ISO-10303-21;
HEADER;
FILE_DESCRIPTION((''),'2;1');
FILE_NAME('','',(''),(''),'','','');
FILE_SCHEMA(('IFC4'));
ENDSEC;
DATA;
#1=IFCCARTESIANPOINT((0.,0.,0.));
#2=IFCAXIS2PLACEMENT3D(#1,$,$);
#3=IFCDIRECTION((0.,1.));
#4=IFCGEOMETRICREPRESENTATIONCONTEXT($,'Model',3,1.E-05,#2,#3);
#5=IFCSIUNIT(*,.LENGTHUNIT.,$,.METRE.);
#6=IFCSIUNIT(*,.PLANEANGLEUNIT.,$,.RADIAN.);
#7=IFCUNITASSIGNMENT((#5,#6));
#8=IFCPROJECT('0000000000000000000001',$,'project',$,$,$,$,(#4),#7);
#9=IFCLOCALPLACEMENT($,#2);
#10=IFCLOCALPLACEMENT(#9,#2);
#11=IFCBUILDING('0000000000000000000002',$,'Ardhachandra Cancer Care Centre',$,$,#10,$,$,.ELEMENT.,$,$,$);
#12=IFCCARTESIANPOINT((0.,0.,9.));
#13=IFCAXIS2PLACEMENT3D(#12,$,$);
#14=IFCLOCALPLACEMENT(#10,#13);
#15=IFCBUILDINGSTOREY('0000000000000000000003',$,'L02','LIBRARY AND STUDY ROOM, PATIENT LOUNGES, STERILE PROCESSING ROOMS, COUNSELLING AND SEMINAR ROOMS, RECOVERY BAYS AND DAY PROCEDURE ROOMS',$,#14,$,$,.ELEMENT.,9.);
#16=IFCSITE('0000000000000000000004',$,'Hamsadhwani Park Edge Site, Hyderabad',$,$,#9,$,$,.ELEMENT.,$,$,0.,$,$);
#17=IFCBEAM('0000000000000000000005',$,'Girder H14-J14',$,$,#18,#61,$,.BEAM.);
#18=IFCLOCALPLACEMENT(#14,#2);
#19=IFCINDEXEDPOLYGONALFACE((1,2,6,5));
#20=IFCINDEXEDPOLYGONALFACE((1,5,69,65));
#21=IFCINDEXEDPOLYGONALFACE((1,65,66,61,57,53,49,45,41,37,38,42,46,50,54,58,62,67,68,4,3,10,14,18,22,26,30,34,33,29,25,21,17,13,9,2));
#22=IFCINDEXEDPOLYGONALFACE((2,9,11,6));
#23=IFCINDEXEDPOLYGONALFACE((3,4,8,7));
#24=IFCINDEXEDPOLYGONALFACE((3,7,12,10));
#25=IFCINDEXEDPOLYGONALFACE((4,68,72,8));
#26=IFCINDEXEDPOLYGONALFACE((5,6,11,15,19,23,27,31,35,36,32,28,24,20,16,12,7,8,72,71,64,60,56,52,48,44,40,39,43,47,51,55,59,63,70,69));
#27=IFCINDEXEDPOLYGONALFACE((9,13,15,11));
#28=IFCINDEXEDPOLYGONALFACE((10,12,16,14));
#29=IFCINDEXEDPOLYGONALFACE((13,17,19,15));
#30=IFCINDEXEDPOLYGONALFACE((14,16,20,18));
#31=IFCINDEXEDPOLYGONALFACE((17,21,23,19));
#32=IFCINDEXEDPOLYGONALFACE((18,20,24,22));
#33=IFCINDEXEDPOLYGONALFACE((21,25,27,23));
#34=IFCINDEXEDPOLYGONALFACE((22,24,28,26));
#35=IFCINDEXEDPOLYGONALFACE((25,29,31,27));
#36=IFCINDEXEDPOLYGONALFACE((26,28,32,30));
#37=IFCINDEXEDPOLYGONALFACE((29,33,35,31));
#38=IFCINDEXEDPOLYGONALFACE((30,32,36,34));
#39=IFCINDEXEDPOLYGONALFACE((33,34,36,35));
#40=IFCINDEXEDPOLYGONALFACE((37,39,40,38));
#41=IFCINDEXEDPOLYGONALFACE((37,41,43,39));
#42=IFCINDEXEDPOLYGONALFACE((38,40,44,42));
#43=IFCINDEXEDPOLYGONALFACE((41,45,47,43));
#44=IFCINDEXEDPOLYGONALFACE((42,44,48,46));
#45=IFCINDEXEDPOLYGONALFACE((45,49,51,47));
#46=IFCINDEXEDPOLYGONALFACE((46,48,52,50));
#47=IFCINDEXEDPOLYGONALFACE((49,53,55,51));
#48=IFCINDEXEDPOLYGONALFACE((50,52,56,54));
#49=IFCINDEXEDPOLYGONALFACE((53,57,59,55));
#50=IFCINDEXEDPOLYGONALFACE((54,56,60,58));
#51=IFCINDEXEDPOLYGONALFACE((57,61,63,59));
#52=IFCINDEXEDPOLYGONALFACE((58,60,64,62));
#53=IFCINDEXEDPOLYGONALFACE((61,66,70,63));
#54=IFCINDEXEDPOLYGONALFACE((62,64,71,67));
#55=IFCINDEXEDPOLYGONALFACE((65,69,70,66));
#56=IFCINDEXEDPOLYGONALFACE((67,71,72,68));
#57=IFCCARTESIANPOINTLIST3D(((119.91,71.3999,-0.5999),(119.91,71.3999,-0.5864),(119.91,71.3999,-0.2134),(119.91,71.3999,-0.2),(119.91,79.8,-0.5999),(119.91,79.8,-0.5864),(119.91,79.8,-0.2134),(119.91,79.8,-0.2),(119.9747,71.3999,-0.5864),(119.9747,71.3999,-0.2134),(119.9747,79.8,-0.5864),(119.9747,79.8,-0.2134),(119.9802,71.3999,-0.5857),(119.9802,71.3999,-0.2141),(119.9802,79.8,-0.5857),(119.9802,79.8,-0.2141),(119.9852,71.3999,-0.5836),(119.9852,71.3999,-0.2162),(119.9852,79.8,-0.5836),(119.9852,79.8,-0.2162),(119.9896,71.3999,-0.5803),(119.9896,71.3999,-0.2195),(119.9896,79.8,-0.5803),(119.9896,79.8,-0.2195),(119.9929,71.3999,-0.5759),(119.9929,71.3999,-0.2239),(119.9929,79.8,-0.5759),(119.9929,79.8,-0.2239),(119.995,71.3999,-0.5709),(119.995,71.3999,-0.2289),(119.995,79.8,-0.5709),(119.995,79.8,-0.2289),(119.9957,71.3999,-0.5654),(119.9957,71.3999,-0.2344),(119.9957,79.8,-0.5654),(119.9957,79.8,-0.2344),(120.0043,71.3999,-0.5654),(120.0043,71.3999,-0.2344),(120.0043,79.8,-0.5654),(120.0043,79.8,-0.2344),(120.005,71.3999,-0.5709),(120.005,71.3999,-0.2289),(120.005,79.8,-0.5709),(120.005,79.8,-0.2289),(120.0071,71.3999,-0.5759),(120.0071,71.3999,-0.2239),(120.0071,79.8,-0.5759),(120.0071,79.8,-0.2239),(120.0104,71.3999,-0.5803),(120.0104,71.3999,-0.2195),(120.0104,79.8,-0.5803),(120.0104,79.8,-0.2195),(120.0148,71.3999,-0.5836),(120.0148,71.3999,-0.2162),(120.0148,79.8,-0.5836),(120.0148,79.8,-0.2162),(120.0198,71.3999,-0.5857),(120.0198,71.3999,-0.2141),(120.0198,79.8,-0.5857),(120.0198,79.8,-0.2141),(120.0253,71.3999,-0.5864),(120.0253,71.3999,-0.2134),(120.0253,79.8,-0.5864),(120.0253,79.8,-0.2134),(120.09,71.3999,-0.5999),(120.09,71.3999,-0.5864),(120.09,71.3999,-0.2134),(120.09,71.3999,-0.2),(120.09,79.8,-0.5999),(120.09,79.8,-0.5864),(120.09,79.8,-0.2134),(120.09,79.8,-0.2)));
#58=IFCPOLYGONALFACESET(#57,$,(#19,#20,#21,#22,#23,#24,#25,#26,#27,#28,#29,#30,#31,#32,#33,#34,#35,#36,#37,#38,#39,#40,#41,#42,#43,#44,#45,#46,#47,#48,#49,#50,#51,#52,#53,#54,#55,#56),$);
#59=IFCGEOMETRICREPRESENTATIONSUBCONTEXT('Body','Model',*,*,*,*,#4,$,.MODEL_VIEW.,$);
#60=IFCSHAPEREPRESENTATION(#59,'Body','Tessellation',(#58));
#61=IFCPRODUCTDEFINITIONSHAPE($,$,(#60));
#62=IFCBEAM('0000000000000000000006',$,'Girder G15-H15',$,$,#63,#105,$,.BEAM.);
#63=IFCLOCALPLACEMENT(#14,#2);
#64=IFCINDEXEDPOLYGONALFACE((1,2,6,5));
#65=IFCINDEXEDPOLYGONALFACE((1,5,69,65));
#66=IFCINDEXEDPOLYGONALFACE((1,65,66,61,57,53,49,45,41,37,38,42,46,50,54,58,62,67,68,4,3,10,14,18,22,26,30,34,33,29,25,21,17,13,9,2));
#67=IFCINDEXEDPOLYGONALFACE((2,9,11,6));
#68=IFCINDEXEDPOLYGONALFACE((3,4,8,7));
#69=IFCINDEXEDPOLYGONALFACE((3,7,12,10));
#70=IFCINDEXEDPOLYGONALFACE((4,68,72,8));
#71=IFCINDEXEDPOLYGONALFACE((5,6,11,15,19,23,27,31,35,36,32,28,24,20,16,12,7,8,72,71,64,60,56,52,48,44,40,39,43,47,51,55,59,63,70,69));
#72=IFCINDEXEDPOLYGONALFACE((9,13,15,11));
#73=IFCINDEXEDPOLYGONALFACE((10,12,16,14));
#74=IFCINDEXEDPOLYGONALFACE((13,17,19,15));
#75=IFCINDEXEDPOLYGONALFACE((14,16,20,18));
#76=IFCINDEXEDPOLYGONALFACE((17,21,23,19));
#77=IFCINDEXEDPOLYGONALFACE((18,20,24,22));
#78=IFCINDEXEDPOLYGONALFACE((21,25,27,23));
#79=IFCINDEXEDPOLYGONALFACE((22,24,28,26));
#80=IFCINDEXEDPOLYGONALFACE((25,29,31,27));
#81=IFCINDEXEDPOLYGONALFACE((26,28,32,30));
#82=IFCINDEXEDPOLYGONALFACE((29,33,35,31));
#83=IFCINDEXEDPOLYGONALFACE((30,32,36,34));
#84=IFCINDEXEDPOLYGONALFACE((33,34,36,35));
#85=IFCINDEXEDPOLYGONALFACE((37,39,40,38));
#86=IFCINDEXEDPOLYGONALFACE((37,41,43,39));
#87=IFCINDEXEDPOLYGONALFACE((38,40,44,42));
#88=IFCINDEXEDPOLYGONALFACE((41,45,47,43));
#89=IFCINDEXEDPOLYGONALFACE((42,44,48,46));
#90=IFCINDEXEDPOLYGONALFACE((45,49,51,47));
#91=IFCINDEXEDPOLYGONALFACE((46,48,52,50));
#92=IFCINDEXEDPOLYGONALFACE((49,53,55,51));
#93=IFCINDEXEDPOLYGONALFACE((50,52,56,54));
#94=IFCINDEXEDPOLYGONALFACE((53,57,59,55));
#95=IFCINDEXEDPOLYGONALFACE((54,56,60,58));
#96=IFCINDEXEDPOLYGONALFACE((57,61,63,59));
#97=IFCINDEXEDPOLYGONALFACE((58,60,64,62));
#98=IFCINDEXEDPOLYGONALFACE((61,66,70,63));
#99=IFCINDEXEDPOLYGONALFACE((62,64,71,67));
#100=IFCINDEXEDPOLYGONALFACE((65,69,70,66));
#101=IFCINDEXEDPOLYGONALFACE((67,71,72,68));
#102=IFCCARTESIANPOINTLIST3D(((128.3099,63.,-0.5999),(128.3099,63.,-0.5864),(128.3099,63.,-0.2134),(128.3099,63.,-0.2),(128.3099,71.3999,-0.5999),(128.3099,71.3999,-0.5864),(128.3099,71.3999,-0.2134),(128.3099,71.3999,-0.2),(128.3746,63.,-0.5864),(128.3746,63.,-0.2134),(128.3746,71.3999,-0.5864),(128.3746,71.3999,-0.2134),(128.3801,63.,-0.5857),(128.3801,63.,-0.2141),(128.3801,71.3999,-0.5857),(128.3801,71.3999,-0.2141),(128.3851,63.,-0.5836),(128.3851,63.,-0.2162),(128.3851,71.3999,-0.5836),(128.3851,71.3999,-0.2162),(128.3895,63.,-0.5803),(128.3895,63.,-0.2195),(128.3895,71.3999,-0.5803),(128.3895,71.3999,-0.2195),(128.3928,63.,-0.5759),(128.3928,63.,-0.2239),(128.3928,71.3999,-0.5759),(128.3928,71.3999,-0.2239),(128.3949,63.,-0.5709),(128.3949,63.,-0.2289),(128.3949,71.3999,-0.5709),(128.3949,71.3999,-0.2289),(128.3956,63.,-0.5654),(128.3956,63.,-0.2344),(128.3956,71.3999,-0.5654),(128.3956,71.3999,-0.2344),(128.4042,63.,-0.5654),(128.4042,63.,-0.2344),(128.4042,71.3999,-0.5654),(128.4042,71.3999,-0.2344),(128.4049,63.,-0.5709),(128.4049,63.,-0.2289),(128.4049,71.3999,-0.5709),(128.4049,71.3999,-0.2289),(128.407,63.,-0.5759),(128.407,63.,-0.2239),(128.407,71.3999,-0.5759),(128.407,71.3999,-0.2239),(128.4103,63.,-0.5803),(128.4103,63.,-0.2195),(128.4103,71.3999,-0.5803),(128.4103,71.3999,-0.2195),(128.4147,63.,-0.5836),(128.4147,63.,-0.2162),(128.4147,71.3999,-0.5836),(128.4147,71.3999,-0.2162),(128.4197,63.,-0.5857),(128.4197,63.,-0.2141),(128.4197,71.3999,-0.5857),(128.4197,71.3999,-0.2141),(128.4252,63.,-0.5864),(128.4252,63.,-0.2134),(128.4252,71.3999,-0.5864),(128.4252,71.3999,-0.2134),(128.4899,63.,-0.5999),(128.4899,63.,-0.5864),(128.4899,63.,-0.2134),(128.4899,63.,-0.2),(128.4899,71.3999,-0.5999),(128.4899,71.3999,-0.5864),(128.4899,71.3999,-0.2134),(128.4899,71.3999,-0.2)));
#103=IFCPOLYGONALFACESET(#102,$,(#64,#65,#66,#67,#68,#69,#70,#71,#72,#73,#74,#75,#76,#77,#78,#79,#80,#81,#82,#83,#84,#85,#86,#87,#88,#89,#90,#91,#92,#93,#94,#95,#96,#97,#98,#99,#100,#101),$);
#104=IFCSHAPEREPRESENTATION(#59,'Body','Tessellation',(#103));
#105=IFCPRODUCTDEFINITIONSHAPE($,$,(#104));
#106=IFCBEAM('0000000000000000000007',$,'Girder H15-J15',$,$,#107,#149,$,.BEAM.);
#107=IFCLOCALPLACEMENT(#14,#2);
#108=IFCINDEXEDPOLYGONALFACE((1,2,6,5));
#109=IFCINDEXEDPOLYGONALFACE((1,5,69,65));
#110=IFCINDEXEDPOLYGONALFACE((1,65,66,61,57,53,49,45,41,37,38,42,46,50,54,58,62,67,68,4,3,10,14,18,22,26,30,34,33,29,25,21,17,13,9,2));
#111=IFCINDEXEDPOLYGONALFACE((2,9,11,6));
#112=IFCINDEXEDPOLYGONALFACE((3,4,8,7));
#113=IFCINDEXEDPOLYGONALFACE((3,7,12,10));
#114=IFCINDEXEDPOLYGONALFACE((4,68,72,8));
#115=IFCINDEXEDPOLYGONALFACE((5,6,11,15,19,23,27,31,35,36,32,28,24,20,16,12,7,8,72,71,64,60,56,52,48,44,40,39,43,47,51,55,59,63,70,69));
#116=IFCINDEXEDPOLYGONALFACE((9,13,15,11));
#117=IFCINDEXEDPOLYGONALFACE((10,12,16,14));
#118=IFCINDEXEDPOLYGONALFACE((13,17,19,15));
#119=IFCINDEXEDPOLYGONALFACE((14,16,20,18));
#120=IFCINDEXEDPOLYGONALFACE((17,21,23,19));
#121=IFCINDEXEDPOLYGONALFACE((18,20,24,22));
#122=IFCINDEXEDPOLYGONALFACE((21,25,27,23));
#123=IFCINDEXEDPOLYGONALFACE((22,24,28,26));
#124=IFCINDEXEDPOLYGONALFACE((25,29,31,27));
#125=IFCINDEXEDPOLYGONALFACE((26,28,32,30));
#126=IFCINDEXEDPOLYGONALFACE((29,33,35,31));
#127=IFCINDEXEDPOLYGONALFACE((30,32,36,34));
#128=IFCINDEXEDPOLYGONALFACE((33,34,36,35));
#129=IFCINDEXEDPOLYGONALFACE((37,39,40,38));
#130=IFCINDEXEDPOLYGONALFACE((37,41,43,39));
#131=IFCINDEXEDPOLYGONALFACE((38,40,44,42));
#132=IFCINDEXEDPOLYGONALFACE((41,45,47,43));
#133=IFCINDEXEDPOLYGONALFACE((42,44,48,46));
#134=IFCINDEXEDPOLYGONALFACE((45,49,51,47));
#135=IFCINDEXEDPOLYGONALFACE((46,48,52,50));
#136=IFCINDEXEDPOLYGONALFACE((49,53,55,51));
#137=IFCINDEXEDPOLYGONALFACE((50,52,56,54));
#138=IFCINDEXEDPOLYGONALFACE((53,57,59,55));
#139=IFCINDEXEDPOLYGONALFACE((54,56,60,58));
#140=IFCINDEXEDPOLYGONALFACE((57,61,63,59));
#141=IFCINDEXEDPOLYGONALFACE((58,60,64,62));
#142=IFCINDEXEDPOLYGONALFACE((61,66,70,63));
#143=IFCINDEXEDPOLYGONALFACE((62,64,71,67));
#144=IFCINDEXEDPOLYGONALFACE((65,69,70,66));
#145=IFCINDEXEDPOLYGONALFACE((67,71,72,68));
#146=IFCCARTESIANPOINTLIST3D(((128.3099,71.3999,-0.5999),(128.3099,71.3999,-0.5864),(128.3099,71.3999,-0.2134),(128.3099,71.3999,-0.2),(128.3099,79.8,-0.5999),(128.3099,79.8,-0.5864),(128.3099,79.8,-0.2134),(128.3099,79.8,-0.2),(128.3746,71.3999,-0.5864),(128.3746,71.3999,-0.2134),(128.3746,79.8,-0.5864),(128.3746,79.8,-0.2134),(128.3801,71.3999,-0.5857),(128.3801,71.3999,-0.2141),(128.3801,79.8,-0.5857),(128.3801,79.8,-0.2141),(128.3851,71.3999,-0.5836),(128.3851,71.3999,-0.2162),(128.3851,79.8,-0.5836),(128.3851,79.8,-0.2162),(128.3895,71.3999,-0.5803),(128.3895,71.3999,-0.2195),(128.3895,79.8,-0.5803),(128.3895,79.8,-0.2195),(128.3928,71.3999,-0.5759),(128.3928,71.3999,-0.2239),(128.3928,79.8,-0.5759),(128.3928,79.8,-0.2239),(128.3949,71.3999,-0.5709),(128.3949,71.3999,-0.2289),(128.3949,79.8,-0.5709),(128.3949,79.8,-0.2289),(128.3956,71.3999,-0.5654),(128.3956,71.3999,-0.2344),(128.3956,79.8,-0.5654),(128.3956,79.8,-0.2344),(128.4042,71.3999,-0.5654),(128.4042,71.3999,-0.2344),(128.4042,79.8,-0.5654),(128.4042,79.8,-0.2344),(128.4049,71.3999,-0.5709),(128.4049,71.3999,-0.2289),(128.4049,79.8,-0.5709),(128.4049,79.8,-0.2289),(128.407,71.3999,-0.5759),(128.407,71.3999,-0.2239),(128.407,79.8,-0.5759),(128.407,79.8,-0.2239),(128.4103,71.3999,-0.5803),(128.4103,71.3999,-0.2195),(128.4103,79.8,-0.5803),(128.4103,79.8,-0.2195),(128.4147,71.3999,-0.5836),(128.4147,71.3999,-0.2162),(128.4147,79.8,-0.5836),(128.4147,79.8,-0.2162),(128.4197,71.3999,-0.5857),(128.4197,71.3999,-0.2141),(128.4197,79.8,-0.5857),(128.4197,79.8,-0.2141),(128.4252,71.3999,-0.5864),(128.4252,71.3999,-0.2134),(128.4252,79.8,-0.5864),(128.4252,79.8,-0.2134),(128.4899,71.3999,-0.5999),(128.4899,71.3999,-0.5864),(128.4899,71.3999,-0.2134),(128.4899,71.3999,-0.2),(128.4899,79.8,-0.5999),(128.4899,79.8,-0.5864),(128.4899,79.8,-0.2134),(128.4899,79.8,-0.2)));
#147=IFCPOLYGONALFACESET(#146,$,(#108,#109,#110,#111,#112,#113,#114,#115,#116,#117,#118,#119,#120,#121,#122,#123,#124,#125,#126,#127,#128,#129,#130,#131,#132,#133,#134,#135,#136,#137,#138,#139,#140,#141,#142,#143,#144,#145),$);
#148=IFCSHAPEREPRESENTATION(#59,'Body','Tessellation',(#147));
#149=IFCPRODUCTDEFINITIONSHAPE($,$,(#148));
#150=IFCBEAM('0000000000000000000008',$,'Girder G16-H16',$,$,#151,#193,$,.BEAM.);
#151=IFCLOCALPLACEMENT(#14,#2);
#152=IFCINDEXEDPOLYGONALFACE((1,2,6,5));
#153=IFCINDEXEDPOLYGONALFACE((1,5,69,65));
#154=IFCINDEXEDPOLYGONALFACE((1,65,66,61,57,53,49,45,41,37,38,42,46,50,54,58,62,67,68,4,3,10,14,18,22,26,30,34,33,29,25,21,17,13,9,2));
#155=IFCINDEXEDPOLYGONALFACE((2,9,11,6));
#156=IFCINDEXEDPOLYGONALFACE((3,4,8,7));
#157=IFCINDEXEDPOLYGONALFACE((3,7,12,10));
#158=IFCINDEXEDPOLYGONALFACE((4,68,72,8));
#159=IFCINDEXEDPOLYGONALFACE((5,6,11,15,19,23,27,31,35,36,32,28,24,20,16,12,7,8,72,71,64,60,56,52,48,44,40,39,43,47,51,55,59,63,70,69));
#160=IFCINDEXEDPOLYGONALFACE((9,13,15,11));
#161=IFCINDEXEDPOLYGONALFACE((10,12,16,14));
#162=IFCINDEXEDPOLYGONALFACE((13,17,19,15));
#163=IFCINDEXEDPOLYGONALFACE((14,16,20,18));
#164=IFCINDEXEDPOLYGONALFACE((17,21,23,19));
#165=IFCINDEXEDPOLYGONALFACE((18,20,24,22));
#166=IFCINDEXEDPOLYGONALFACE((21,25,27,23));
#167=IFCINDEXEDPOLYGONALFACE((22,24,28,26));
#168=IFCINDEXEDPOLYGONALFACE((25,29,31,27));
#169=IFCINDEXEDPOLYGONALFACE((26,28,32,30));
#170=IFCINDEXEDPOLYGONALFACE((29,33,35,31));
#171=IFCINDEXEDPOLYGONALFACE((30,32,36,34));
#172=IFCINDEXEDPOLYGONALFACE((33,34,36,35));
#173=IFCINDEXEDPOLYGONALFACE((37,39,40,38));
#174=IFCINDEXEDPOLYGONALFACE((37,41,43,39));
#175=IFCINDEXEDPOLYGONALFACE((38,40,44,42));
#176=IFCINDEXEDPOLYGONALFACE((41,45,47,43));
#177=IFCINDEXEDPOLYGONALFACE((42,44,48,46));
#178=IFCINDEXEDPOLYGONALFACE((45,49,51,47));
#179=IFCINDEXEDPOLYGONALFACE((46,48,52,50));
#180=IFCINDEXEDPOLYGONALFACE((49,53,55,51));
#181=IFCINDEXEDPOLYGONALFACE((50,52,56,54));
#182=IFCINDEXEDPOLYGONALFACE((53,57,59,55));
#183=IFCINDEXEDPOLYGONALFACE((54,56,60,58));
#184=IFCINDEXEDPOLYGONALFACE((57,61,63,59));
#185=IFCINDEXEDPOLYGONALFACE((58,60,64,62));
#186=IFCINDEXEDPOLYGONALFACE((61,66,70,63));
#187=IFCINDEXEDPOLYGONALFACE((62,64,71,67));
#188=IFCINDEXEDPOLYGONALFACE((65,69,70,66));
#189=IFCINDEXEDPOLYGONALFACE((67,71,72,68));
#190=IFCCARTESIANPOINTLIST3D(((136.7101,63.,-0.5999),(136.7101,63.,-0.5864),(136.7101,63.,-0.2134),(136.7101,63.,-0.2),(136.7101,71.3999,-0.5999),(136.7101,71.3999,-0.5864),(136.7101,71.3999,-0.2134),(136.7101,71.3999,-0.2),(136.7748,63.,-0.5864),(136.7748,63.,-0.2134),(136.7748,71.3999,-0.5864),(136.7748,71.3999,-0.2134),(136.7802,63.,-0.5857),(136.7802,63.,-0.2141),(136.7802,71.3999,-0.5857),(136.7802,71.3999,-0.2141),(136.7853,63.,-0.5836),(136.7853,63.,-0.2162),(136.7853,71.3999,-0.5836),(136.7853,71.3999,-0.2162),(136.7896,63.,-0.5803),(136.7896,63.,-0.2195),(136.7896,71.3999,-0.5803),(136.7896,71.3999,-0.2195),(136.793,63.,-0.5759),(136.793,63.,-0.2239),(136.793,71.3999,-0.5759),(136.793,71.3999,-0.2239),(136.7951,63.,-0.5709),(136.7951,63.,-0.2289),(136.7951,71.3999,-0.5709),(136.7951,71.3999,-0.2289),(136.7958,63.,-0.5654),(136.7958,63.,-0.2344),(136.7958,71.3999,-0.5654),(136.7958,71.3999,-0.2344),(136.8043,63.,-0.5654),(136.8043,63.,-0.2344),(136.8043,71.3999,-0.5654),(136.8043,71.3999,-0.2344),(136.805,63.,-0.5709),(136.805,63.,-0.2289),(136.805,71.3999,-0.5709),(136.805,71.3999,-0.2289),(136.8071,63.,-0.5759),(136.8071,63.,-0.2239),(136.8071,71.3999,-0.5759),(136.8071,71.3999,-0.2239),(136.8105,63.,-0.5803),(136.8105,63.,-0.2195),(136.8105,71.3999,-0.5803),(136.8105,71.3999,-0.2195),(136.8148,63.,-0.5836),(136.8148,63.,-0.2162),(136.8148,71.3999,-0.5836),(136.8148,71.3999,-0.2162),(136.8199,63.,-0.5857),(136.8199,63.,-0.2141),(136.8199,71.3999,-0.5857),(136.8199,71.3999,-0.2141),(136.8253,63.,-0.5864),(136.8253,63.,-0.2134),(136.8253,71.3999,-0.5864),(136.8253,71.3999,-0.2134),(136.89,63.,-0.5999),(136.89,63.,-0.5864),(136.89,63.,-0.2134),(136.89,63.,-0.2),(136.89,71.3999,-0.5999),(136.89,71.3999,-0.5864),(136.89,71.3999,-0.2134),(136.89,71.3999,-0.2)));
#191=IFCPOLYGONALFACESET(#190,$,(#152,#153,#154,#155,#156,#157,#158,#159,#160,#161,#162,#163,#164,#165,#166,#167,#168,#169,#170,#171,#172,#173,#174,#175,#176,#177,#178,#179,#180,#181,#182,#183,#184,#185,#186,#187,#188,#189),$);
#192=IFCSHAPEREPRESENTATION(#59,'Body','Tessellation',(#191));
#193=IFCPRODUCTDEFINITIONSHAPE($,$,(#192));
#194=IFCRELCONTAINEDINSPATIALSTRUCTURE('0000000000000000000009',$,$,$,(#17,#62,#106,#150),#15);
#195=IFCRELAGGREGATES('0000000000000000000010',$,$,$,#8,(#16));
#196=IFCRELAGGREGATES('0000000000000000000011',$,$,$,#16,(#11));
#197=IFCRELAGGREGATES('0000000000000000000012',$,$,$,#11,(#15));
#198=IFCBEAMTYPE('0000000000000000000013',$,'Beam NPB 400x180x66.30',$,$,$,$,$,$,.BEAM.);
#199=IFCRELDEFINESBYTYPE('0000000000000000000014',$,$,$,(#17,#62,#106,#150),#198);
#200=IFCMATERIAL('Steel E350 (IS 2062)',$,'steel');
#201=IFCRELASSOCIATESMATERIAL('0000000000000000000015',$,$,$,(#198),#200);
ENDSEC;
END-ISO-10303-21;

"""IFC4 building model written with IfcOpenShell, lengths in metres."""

from ifc_helpers import new_model, si_unit, direction, frame, origin, origin_2d, place, context, subcontext, project, spatial, i_section, extrude, material, material_profile, profile_set, type_object, element, save


model = new_model("IFC4")

# Units and contexts
model_context = context("Model", 3, precision=1e-05, world=origin(), true_north=direction((0.0, 1.0)))
body_context = subcontext(model_context, "Body", "Model", "MODEL_VIEW")
ifc_project = project(units=[si_unit("LENGTHUNIT", "METRE"), si_unit("PLANEANGLEUNIT", "RADIAN")], contexts=[model_context])

# Site, building, storey
site_placement = place(None, origin())
site = spatial("IfcSite", under=ifc_project, at=site_placement, Name="Hamsadhwani Park Edge Site, Hyderabad", CompositionType="ELEMENT", RefElevation=0.0)
building_placement = place(site_placement, origin())
building = spatial("IfcBuilding", under=site, at=building_placement, Name="Ardhachandra Cancer Care Centre", CompositionType="ELEMENT")
storey_placement = place(building_placement, frame((0.0, 0.0, 9.0)))
storey = spatial("IfcBuildingStorey", under=building, at=storey_placement, Name="L02", Description="LIBRARY AND STUDY ROOM, PATIENT LOUNGES, STERILE PROCESSING ROOMS, COUNSELLING AND SEMINAR ROOMS, RECOVERY BAYS AND DAY PROCEDURE ROOMS", CompositionType="ELEMENT", Elevation=9.0)

# Beams
ifc_material_1 = material(Name="Steel E350 (IS 2062)", Category="steel")
ifc_material_profile_1 = material_profile(ifc_material_1, i_section(OverallWidth=0.1799, OverallDepth=0.3999, WebThickness=0.0085, FlangeThickness=0.0134, FilletRadius=0.021, at=origin_2d()), Name="NPB 400x180x66.30")
ifc_profile_set_1 = profile_set([ifc_material_profile_1], Name="Steel E350 (IS 2062)")
beam_type_1 = type_object("IfcBeamType", Name="Beam NPB 400x180x66.30", PredefinedType="BEAM", material=ifc_profile_set_1)
beam_1_placement = place(storey_placement, frame((120.0, 71.3999, -0.3999), z_axis=(0.0, 1.0, 0.0), x_axis=(-1.0, 0.0, 0.0)))
element("IfcBeam", 1, at=beam_1_placement, inside=storey, type_object=beam_type_1, Name="Girder H14-J14", PredefinedType="BEAM", context=body_context, shape_type="SweptSolid", body=[
    extrude(i_section(OverallWidth=0.1799, OverallDepth=0.3999, WebThickness=0.0085, FlangeThickness=0.0134, FilletRadius=0.021, at=origin_2d()), origin(), (0.0, 0.0, 1.0), 8.4001),
])
beam_2_placement = place(storey_placement, frame((128.3999, 63.0, -0.3999), z_axis=(0.0, 1.0, 0.0), x_axis=(-1.0, 0.0, 0.0)))
element("IfcBeam", 2, at=beam_2_placement, inside=storey, type_object=beam_type_1, Name="Girder G15-H15", PredefinedType="BEAM", context=body_context, shape_type="SweptSolid", body=[
    extrude(i_section(OverallWidth=0.1799, OverallDepth=0.3999, WebThickness=0.0085, FlangeThickness=0.0134, FilletRadius=0.021, at=origin_2d()), origin(), (0.0, 0.0, 1.0), 8.3999),
])
beam_3_placement = place(storey_placement, frame((128.3999, 71.3999, -0.3999), z_axis=(0.0, 1.0, 0.0), x_axis=(-1.0, 0.0, 0.0)))
element("IfcBeam", 3, at=beam_3_placement, inside=storey, type_object=beam_type_1, Name="Girder H15-J15", PredefinedType="BEAM", context=body_context, shape_type="SweptSolid", body=[
    extrude(i_section(OverallWidth=0.1799, OverallDepth=0.3999, WebThickness=0.0085, FlangeThickness=0.0134, FilletRadius=0.021, at=origin_2d()), origin(), (0.0, 0.0, 1.0), 8.4001),
])
beam_4_placement = place(storey_placement, frame((136.8, 63.0, -0.3999), z_axis=(0.0, 1.0, 0.0), x_axis=(-1.0, 0.0, 0.0)))
element("IfcBeam", 4, at=beam_4_placement, inside=storey, type_object=beam_type_1, Name="Girder G16-H16", PredefinedType="BEAM", context=body_context, shape_type="SweptSolid", body=[
    extrude(i_section(OverallWidth=0.1799, OverallDepth=0.3999, WebThickness=0.0085, FlangeThickness=0.0134, FilletRadius=0.021, at=origin_2d()), origin(), (0.0, 0.0, 1.0), 8.3999),
])

save(model, "model.ifc")
